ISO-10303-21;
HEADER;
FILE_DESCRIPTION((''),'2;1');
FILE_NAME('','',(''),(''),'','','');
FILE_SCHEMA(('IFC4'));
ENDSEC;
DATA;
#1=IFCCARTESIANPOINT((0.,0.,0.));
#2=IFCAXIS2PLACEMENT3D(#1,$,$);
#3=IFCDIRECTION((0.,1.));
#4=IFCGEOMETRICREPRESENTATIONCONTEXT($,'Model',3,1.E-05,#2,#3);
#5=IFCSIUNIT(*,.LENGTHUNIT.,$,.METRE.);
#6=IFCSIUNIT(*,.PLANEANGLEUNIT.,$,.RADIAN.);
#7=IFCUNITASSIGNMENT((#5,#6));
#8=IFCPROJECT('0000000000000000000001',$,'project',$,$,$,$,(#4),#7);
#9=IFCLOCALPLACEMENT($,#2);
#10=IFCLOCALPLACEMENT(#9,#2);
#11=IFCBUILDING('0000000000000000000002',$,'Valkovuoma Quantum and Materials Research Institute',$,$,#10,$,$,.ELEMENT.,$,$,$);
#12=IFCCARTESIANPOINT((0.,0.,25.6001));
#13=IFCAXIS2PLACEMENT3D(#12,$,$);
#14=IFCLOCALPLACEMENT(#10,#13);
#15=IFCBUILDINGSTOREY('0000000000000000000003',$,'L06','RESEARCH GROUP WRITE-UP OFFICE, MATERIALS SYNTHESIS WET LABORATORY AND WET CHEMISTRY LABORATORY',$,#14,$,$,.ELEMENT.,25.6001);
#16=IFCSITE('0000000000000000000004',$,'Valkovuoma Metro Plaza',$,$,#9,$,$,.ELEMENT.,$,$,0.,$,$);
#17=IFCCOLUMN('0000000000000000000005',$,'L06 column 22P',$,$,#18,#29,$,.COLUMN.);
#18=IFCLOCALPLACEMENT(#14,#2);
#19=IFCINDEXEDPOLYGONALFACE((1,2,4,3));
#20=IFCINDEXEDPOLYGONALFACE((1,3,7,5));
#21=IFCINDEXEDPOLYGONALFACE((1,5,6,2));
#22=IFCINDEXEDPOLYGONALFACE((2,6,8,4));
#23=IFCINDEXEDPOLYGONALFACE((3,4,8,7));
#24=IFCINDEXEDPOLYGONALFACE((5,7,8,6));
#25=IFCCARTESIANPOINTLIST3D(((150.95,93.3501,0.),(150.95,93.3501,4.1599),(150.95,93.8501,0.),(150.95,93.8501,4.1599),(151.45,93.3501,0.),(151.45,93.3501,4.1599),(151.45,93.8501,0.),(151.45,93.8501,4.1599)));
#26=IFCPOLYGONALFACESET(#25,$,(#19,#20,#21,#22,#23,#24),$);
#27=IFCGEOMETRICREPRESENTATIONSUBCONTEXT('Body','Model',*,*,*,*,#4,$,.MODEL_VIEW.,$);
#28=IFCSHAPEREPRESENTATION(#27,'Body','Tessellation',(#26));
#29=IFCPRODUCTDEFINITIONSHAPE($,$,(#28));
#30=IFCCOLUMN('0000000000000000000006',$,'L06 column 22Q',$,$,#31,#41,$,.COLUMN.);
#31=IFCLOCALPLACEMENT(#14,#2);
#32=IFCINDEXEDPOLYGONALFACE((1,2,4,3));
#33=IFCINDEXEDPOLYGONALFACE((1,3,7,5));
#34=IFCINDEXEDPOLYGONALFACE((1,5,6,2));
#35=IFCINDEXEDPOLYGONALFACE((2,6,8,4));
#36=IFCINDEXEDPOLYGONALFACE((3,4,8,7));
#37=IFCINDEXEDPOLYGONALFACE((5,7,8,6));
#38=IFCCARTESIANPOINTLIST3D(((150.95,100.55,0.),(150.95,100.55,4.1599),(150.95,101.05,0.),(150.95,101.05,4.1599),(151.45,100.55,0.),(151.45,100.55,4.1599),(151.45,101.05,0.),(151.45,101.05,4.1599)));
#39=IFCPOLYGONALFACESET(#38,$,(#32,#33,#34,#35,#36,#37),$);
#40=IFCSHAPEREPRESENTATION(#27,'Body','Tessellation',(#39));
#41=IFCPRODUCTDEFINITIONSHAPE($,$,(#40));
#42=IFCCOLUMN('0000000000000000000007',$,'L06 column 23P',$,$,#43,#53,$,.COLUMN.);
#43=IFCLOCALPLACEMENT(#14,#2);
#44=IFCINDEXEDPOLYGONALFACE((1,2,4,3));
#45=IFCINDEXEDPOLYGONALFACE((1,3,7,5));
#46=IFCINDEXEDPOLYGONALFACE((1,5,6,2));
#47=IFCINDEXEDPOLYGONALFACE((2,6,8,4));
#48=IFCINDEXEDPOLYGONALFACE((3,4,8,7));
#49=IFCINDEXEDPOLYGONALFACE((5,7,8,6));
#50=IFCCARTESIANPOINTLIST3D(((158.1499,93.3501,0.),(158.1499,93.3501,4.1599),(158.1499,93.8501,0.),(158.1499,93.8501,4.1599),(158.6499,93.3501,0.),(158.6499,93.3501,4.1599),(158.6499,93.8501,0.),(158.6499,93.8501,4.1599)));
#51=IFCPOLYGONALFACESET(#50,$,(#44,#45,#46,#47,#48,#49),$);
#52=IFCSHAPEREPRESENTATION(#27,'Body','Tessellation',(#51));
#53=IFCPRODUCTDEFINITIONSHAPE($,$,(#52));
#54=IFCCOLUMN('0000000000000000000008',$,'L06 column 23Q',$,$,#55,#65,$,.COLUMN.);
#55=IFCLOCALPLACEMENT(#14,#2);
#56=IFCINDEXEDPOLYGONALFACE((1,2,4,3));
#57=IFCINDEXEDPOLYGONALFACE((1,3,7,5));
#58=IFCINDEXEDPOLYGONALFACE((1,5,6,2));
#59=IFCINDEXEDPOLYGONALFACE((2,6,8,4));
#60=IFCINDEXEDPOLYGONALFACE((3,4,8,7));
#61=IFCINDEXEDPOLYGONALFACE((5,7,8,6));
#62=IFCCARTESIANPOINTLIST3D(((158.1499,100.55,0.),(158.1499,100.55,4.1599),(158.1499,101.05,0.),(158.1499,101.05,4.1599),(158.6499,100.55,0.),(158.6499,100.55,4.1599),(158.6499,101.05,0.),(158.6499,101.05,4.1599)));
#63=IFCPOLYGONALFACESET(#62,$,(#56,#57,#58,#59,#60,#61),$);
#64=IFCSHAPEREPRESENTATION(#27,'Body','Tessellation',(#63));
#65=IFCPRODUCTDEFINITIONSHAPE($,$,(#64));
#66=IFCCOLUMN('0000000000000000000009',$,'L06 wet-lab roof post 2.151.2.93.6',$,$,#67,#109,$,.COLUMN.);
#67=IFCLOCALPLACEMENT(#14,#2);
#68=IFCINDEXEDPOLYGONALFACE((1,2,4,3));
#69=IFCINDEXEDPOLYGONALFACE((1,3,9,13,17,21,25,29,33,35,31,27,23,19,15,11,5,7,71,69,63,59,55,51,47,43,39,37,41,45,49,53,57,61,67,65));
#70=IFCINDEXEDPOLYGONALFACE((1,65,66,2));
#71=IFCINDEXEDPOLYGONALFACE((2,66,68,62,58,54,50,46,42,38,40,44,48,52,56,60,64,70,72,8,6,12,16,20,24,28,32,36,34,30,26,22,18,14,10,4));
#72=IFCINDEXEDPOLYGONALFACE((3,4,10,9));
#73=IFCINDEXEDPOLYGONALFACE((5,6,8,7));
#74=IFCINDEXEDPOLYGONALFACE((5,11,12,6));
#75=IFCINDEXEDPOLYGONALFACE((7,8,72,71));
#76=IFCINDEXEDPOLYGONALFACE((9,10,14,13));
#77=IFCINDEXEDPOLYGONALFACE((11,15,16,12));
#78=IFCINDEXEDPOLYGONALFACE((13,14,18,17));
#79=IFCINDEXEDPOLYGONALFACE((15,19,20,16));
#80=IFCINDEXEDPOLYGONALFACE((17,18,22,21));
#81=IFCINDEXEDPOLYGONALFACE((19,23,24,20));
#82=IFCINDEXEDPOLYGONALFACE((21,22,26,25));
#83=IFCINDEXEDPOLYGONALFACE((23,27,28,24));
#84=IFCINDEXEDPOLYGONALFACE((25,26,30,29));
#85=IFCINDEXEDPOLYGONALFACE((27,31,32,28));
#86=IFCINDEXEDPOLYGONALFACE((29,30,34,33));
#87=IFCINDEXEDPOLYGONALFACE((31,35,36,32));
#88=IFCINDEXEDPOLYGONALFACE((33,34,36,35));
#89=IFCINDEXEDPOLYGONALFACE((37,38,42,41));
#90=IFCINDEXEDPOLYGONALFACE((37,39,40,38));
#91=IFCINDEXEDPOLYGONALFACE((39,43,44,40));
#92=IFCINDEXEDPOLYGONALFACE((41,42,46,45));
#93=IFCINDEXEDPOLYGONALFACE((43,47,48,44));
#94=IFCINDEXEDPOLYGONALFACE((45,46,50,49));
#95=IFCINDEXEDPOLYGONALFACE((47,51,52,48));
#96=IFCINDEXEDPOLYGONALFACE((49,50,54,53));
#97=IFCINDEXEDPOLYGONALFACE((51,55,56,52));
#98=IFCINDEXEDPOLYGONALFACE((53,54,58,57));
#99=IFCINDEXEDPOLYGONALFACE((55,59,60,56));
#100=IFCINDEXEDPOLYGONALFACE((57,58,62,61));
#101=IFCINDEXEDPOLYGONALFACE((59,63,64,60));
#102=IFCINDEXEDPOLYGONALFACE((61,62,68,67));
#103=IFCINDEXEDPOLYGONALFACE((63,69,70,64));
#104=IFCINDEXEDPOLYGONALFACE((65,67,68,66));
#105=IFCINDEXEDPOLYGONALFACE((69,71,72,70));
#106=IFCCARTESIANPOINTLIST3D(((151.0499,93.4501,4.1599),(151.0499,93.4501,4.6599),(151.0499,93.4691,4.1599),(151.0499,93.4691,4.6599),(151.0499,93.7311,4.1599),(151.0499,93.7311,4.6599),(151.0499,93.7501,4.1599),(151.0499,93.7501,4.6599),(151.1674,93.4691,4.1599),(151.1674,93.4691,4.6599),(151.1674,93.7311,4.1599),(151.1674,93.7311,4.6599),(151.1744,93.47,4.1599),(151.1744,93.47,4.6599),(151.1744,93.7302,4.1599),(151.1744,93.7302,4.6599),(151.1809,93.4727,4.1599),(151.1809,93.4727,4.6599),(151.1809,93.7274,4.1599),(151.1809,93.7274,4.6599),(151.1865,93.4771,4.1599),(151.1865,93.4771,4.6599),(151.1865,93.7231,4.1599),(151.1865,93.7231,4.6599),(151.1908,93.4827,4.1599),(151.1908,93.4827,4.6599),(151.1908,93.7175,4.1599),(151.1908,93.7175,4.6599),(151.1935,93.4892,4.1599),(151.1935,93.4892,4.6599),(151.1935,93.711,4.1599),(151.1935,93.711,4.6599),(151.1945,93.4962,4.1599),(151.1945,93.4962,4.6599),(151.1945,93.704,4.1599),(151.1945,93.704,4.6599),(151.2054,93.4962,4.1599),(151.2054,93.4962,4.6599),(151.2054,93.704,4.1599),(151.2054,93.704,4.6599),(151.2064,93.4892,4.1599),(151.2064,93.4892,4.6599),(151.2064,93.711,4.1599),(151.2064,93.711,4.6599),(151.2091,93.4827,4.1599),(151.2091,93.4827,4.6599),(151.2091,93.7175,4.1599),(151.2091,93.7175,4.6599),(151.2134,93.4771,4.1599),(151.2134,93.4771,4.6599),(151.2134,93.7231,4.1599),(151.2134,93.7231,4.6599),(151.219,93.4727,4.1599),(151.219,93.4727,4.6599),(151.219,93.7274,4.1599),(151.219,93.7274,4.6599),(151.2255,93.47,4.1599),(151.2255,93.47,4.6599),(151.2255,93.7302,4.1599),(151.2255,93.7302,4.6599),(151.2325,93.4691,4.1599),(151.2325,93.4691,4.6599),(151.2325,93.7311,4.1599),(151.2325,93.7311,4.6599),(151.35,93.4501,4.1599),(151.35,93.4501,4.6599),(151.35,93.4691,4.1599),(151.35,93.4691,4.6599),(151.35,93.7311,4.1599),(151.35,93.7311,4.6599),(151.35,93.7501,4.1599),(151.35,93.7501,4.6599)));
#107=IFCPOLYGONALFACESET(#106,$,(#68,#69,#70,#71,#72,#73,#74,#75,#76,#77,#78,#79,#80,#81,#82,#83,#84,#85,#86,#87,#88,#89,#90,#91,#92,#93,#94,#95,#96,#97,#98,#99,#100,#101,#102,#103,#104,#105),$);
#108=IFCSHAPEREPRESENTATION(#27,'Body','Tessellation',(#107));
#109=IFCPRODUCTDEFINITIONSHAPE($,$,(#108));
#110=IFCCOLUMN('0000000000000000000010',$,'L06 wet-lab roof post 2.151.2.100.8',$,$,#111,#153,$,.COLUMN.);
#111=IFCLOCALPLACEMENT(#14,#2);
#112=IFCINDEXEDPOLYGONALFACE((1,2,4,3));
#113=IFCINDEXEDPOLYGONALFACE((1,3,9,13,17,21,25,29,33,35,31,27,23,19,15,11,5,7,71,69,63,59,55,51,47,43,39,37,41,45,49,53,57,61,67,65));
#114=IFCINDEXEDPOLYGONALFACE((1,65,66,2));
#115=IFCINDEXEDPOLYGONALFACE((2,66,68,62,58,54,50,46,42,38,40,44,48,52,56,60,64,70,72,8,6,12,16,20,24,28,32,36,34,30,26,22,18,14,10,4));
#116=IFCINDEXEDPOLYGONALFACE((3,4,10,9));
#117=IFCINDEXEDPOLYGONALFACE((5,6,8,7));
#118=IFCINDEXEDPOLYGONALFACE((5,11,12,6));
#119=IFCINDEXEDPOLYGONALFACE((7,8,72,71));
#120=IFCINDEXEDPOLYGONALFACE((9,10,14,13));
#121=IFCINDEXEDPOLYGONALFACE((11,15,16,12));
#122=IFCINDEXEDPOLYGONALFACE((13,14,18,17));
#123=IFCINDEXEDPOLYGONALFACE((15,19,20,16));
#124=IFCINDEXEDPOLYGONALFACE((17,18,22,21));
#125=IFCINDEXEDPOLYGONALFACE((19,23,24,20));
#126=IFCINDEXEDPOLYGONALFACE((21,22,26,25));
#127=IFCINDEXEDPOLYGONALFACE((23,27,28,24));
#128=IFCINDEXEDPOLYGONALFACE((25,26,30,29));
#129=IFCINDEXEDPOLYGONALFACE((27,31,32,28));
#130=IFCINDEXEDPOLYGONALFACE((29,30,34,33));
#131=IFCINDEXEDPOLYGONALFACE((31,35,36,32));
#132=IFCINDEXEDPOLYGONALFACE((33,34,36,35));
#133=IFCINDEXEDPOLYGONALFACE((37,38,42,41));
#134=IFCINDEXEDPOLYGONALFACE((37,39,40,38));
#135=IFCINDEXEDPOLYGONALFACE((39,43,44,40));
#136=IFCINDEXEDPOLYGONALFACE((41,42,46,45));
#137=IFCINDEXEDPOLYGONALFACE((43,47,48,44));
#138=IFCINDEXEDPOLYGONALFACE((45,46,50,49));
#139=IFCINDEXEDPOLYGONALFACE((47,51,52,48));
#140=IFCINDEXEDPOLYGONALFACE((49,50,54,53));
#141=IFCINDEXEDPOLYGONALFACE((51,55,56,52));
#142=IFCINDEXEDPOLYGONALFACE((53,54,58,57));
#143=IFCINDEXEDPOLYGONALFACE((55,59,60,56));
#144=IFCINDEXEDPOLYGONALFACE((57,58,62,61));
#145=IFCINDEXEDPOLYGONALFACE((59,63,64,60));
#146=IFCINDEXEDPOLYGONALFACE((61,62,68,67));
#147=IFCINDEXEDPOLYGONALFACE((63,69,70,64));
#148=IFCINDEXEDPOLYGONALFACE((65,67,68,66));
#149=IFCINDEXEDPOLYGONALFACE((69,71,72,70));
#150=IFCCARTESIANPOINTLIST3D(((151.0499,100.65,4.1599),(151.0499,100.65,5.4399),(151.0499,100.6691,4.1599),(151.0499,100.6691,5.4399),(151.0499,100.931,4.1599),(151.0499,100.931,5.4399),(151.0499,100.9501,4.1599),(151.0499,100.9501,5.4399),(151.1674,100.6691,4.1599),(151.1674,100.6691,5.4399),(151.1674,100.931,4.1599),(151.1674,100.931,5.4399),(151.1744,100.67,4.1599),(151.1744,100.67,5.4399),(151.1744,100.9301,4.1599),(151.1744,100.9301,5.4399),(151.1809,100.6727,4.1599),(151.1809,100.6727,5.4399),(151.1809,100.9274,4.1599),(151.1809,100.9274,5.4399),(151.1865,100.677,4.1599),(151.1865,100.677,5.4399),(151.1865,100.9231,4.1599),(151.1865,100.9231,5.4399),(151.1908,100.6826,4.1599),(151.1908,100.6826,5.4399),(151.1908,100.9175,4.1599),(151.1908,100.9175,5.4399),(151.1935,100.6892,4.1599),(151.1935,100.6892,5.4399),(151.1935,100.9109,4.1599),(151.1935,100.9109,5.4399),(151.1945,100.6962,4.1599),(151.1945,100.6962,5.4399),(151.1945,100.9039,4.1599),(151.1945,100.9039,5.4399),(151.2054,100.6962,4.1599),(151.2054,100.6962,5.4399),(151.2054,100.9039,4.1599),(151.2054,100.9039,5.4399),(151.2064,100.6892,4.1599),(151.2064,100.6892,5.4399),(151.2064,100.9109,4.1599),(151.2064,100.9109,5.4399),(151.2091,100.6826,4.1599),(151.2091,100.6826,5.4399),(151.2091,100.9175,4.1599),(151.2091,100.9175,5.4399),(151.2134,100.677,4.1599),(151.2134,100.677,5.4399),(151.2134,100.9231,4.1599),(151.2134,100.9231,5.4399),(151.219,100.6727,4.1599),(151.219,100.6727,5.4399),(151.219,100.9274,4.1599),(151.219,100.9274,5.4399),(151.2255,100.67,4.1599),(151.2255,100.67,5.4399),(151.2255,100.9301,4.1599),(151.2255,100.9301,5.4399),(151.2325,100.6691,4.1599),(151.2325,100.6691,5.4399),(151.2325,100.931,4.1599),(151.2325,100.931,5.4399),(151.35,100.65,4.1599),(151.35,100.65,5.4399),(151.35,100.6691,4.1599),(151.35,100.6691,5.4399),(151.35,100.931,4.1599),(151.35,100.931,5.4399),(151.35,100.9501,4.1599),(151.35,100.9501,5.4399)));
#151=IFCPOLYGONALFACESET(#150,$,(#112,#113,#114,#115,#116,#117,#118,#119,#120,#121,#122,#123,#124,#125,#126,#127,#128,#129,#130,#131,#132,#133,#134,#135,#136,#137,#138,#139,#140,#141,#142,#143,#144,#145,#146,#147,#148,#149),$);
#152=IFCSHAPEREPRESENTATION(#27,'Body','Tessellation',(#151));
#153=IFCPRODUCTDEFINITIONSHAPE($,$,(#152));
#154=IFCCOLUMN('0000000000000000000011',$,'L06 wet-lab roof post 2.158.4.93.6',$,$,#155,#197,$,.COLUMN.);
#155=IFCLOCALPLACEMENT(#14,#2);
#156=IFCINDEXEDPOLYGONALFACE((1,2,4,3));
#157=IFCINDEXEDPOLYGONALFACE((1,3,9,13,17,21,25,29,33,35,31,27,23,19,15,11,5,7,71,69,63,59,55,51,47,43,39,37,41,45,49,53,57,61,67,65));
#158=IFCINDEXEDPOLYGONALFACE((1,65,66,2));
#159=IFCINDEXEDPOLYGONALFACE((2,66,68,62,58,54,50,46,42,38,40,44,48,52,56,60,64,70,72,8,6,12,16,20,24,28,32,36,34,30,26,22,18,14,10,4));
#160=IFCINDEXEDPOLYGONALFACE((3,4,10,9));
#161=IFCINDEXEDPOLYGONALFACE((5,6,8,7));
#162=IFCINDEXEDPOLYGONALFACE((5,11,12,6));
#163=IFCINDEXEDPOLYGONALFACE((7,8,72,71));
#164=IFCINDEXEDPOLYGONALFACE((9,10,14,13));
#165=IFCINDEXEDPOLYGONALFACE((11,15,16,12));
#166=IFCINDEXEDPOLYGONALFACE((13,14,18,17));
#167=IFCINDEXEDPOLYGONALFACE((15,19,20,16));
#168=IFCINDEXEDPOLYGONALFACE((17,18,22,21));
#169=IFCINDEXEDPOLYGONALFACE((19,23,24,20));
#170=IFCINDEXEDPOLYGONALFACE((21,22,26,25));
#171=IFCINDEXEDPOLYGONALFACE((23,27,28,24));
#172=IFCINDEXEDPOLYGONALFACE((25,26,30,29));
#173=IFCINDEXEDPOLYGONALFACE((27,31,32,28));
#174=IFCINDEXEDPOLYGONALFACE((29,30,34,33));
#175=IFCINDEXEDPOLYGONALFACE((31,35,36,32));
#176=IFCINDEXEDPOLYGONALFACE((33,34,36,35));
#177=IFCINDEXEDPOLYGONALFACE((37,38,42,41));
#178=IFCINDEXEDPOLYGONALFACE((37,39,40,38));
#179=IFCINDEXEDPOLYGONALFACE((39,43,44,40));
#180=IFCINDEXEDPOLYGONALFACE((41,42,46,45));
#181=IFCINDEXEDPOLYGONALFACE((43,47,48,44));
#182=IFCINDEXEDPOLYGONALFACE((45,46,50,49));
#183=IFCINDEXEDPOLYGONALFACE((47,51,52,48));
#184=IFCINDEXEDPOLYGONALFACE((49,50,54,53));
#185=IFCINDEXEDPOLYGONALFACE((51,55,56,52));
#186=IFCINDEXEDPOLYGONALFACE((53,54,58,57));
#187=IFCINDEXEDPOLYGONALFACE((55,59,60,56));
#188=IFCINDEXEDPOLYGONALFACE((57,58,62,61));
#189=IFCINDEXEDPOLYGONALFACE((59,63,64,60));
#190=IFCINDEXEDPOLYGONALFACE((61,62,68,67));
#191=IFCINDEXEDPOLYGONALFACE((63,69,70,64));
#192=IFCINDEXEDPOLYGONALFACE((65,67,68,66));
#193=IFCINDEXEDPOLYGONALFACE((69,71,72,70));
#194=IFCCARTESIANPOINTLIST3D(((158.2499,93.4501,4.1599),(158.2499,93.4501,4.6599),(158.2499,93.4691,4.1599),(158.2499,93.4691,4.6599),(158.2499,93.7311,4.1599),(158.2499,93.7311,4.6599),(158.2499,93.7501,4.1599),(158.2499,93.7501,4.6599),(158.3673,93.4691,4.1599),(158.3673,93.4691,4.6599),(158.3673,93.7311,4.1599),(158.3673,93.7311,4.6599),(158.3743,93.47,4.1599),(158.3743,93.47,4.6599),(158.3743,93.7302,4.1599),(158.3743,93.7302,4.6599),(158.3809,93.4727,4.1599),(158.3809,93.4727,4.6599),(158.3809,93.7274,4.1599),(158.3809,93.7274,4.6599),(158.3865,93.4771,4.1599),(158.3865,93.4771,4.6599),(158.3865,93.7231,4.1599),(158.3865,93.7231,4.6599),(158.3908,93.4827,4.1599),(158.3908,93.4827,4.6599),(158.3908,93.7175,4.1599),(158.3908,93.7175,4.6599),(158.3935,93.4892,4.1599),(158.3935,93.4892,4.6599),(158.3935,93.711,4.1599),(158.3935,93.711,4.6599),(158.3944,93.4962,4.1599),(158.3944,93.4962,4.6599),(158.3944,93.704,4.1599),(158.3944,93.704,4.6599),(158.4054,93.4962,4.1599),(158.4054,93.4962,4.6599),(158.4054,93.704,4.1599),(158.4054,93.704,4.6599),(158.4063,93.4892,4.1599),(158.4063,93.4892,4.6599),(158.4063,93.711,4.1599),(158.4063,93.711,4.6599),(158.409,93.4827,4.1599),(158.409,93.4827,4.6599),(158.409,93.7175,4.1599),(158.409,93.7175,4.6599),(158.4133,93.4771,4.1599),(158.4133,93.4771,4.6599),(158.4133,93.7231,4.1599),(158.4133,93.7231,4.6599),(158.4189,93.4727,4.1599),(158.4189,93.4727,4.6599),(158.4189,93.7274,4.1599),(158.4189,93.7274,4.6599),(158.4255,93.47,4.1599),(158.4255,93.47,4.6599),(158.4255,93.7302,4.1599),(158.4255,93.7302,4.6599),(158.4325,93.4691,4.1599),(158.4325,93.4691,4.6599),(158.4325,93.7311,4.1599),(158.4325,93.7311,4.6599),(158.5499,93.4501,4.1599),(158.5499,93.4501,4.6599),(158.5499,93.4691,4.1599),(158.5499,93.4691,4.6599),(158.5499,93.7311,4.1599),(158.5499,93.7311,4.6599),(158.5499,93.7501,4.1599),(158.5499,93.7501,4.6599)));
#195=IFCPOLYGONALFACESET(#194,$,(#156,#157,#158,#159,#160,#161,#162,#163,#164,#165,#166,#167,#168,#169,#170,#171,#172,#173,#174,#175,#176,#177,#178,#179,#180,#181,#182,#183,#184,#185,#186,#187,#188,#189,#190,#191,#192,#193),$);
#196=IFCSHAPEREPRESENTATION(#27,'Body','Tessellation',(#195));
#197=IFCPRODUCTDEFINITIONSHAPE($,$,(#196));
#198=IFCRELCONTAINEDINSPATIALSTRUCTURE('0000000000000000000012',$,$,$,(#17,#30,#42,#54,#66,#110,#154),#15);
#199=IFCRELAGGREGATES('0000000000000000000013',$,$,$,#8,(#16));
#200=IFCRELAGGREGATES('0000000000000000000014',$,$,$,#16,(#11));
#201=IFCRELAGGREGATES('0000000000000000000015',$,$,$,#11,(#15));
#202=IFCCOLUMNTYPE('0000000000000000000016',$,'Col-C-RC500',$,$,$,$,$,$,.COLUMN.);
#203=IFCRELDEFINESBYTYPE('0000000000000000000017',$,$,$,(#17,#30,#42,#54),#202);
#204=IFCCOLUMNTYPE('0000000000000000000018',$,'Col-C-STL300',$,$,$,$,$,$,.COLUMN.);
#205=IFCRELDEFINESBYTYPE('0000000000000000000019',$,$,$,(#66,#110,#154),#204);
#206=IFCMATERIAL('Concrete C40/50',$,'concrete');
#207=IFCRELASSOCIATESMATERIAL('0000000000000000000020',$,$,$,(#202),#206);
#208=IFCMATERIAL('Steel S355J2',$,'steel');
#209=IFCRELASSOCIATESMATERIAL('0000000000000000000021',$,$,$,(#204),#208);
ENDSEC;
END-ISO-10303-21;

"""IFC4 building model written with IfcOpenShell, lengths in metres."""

from ifc_helpers import new_model, si_unit, direction, frame, origin, origin_2d, place, context, subcontext, project, spatial, rectangle, i_section, extrude, material, material_profile, profile_set, type_object, element, save


model = new_model("IFC4")

# Units and contexts
model_context = context("Model", 3, precision=1e-05, world=origin(), true_north=direction((0.0, 1.0)))
body_context = subcontext(model_context, "Body", "Model", "MODEL_VIEW")
ifc_project = project(units=[si_unit("LENGTHUNIT", "METRE"), si_unit("PLANEANGLEUNIT", "RADIAN")], contexts=[model_context])

# Site, building, storey
site_placement = place(None, origin())
site = spatial("IfcSite", under=ifc_project, at=site_placement, Name="Valkovuoma Metro Plaza", CompositionType="ELEMENT", RefElevation=0.0)
building_placement = place(site_placement, origin())
building = spatial("IfcBuilding", under=site, at=building_placement, Name="Valkovuoma Quantum and Materials Research Institute", CompositionType="ELEMENT")
storey_placement = place(building_placement, frame((0.0, 0.0, 25.6001)))
storey = spatial("IfcBuildingStorey", under=building, at=storey_placement, Name="L06", Description="RESEARCH GROUP WRITE-UP OFFICE, MATERIALS SYNTHESIS WET LABORATORY AND WET CHEMISTRY LABORATORY", CompositionType="ELEMENT", Elevation=25.6001)

# Columns
ifc_material_1 = material(Name="Concrete C40/50", Category="concrete")
ifc_material_profile_1 = material_profile(ifc_material_1, rectangle(XDim=0.5, YDim=0.5, at=origin_2d()), Name="Concrete C40/50")
ifc_profile_set_1 = profile_set([ifc_material_profile_1], Name="Concrete C40/50")
column_type_1 = type_object("IfcColumnType", Name="Col-C-RC500", PredefinedType="COLUMN", material=ifc_profile_set_1)
for number, where, z_axis, x_axis, name in (
    (1, (151.2, 93.6001, 0.0), (0.0, 0.0, 1.0), (1.0, 0.0, 0.0), "L06 column 22P"),
    (2, (151.2, 100.8, 0.0), (0.0, 0.0, 1.0), (1.0, 0.0, 0.0), "L06 column 22Q"),
    (3, (158.3999, 93.6001, 0.0), (0.0, 0.0, 1.0), (1.0, 0.0, 0.0), "L06 column 23P"),
    (4, (158.3999, 100.8, 0.0), (0.0, 0.0, 1.0), (1.0, 0.0, 0.0), "L06 column 23Q"),
):
    element("IfcColumn", number, at=place(storey_placement, frame(where, z_axis=z_axis, x_axis=x_axis)), inside=storey, type_object=column_type_1, Name=name, PredefinedType="COLUMN", context=body_context, shape_type="SweptSolid", body=[
        extrude(rectangle(XDim=0.5, YDim=0.5, at=origin_2d()), origin(), (0.0, 0.0, 1.0), 4.1599),
    ])
ifc_material_2 = material(Name="Steel S355J2", Category="steel")
ifc_material_profile_2 = material_profile(ifc_material_2, i_section(OverallWidth=0.3, OverallDepth=0.3, WebThickness=0.011, FlangeThickness=0.019, FilletRadius=0.0271, at=origin_2d()), Name="Steel S355J2")
ifc_profile_set_2 = profile_set([ifc_material_profile_2], Name="Steel S355J2")
column_type_2 = type_object("IfcColumnType", Name="Col-C-STL300", PredefinedType="COLUMN", material=ifc_profile_set_2)
column_1_placement = place(storey_placement, frame((151.2, 93.6001, 4.1599), z_axis=(0.0, 0.0, 1.0), x_axis=(1.0, 0.0, 0.0)))
element("IfcColumn", 5, at=column_1_placement, inside=storey, type_object=column_type_2, Name="L06 wet-lab roof post 2.151.2.93.6", PredefinedType="COLUMN", context=body_context, shape_type="SweptSolid", body=[
    extrude(i_section(OverallWidth=0.3, OverallDepth=0.3, WebThickness=0.011, FlangeThickness=0.019, FilletRadius=0.0271, at=origin_2d()), origin(), (0.0, 0.0, 1.0), 0.5),
])
column_2_placement = place(storey_placement, frame((151.2, 100.8, 4.1599), z_axis=(0.0, 0.0, 1.0), x_axis=(1.0, 0.0, 0.0)))
element("IfcColumn", 6, at=column_2_placement, inside=storey, type_object=column_type_2, Name="L06 wet-lab roof post 2.151.2.100.8", PredefinedType="COLUMN", context=body_context, shape_type="SweptSolid", body=[
    extrude(i_section(OverallWidth=0.3, OverallDepth=0.3, WebThickness=0.011, FlangeThickness=0.019, FilletRadius=0.0271, at=origin_2d()), origin(), (0.0, 0.0, 1.0), 1.28),
])
column_3_placement = place(storey_placement, frame((158.3999, 93.6001, 4.1599), z_axis=(0.0, 0.0, 1.0), x_axis=(1.0, 0.0, 0.0)))
element("IfcColumn", 7, at=column_3_placement, inside=storey, type_object=column_type_2, Name="L06 wet-lab roof post 2.158.4.93.6", PredefinedType="COLUMN", context=body_context, shape_type="SweptSolid", body=[
    extrude(i_section(OverallWidth=0.3, OverallDepth=0.3, WebThickness=0.011, FlangeThickness=0.019, FilletRadius=0.0271, at=origin_2d()), origin(), (0.0, 0.0, 1.0), 0.5),
])

save(model, "model.ifc")
